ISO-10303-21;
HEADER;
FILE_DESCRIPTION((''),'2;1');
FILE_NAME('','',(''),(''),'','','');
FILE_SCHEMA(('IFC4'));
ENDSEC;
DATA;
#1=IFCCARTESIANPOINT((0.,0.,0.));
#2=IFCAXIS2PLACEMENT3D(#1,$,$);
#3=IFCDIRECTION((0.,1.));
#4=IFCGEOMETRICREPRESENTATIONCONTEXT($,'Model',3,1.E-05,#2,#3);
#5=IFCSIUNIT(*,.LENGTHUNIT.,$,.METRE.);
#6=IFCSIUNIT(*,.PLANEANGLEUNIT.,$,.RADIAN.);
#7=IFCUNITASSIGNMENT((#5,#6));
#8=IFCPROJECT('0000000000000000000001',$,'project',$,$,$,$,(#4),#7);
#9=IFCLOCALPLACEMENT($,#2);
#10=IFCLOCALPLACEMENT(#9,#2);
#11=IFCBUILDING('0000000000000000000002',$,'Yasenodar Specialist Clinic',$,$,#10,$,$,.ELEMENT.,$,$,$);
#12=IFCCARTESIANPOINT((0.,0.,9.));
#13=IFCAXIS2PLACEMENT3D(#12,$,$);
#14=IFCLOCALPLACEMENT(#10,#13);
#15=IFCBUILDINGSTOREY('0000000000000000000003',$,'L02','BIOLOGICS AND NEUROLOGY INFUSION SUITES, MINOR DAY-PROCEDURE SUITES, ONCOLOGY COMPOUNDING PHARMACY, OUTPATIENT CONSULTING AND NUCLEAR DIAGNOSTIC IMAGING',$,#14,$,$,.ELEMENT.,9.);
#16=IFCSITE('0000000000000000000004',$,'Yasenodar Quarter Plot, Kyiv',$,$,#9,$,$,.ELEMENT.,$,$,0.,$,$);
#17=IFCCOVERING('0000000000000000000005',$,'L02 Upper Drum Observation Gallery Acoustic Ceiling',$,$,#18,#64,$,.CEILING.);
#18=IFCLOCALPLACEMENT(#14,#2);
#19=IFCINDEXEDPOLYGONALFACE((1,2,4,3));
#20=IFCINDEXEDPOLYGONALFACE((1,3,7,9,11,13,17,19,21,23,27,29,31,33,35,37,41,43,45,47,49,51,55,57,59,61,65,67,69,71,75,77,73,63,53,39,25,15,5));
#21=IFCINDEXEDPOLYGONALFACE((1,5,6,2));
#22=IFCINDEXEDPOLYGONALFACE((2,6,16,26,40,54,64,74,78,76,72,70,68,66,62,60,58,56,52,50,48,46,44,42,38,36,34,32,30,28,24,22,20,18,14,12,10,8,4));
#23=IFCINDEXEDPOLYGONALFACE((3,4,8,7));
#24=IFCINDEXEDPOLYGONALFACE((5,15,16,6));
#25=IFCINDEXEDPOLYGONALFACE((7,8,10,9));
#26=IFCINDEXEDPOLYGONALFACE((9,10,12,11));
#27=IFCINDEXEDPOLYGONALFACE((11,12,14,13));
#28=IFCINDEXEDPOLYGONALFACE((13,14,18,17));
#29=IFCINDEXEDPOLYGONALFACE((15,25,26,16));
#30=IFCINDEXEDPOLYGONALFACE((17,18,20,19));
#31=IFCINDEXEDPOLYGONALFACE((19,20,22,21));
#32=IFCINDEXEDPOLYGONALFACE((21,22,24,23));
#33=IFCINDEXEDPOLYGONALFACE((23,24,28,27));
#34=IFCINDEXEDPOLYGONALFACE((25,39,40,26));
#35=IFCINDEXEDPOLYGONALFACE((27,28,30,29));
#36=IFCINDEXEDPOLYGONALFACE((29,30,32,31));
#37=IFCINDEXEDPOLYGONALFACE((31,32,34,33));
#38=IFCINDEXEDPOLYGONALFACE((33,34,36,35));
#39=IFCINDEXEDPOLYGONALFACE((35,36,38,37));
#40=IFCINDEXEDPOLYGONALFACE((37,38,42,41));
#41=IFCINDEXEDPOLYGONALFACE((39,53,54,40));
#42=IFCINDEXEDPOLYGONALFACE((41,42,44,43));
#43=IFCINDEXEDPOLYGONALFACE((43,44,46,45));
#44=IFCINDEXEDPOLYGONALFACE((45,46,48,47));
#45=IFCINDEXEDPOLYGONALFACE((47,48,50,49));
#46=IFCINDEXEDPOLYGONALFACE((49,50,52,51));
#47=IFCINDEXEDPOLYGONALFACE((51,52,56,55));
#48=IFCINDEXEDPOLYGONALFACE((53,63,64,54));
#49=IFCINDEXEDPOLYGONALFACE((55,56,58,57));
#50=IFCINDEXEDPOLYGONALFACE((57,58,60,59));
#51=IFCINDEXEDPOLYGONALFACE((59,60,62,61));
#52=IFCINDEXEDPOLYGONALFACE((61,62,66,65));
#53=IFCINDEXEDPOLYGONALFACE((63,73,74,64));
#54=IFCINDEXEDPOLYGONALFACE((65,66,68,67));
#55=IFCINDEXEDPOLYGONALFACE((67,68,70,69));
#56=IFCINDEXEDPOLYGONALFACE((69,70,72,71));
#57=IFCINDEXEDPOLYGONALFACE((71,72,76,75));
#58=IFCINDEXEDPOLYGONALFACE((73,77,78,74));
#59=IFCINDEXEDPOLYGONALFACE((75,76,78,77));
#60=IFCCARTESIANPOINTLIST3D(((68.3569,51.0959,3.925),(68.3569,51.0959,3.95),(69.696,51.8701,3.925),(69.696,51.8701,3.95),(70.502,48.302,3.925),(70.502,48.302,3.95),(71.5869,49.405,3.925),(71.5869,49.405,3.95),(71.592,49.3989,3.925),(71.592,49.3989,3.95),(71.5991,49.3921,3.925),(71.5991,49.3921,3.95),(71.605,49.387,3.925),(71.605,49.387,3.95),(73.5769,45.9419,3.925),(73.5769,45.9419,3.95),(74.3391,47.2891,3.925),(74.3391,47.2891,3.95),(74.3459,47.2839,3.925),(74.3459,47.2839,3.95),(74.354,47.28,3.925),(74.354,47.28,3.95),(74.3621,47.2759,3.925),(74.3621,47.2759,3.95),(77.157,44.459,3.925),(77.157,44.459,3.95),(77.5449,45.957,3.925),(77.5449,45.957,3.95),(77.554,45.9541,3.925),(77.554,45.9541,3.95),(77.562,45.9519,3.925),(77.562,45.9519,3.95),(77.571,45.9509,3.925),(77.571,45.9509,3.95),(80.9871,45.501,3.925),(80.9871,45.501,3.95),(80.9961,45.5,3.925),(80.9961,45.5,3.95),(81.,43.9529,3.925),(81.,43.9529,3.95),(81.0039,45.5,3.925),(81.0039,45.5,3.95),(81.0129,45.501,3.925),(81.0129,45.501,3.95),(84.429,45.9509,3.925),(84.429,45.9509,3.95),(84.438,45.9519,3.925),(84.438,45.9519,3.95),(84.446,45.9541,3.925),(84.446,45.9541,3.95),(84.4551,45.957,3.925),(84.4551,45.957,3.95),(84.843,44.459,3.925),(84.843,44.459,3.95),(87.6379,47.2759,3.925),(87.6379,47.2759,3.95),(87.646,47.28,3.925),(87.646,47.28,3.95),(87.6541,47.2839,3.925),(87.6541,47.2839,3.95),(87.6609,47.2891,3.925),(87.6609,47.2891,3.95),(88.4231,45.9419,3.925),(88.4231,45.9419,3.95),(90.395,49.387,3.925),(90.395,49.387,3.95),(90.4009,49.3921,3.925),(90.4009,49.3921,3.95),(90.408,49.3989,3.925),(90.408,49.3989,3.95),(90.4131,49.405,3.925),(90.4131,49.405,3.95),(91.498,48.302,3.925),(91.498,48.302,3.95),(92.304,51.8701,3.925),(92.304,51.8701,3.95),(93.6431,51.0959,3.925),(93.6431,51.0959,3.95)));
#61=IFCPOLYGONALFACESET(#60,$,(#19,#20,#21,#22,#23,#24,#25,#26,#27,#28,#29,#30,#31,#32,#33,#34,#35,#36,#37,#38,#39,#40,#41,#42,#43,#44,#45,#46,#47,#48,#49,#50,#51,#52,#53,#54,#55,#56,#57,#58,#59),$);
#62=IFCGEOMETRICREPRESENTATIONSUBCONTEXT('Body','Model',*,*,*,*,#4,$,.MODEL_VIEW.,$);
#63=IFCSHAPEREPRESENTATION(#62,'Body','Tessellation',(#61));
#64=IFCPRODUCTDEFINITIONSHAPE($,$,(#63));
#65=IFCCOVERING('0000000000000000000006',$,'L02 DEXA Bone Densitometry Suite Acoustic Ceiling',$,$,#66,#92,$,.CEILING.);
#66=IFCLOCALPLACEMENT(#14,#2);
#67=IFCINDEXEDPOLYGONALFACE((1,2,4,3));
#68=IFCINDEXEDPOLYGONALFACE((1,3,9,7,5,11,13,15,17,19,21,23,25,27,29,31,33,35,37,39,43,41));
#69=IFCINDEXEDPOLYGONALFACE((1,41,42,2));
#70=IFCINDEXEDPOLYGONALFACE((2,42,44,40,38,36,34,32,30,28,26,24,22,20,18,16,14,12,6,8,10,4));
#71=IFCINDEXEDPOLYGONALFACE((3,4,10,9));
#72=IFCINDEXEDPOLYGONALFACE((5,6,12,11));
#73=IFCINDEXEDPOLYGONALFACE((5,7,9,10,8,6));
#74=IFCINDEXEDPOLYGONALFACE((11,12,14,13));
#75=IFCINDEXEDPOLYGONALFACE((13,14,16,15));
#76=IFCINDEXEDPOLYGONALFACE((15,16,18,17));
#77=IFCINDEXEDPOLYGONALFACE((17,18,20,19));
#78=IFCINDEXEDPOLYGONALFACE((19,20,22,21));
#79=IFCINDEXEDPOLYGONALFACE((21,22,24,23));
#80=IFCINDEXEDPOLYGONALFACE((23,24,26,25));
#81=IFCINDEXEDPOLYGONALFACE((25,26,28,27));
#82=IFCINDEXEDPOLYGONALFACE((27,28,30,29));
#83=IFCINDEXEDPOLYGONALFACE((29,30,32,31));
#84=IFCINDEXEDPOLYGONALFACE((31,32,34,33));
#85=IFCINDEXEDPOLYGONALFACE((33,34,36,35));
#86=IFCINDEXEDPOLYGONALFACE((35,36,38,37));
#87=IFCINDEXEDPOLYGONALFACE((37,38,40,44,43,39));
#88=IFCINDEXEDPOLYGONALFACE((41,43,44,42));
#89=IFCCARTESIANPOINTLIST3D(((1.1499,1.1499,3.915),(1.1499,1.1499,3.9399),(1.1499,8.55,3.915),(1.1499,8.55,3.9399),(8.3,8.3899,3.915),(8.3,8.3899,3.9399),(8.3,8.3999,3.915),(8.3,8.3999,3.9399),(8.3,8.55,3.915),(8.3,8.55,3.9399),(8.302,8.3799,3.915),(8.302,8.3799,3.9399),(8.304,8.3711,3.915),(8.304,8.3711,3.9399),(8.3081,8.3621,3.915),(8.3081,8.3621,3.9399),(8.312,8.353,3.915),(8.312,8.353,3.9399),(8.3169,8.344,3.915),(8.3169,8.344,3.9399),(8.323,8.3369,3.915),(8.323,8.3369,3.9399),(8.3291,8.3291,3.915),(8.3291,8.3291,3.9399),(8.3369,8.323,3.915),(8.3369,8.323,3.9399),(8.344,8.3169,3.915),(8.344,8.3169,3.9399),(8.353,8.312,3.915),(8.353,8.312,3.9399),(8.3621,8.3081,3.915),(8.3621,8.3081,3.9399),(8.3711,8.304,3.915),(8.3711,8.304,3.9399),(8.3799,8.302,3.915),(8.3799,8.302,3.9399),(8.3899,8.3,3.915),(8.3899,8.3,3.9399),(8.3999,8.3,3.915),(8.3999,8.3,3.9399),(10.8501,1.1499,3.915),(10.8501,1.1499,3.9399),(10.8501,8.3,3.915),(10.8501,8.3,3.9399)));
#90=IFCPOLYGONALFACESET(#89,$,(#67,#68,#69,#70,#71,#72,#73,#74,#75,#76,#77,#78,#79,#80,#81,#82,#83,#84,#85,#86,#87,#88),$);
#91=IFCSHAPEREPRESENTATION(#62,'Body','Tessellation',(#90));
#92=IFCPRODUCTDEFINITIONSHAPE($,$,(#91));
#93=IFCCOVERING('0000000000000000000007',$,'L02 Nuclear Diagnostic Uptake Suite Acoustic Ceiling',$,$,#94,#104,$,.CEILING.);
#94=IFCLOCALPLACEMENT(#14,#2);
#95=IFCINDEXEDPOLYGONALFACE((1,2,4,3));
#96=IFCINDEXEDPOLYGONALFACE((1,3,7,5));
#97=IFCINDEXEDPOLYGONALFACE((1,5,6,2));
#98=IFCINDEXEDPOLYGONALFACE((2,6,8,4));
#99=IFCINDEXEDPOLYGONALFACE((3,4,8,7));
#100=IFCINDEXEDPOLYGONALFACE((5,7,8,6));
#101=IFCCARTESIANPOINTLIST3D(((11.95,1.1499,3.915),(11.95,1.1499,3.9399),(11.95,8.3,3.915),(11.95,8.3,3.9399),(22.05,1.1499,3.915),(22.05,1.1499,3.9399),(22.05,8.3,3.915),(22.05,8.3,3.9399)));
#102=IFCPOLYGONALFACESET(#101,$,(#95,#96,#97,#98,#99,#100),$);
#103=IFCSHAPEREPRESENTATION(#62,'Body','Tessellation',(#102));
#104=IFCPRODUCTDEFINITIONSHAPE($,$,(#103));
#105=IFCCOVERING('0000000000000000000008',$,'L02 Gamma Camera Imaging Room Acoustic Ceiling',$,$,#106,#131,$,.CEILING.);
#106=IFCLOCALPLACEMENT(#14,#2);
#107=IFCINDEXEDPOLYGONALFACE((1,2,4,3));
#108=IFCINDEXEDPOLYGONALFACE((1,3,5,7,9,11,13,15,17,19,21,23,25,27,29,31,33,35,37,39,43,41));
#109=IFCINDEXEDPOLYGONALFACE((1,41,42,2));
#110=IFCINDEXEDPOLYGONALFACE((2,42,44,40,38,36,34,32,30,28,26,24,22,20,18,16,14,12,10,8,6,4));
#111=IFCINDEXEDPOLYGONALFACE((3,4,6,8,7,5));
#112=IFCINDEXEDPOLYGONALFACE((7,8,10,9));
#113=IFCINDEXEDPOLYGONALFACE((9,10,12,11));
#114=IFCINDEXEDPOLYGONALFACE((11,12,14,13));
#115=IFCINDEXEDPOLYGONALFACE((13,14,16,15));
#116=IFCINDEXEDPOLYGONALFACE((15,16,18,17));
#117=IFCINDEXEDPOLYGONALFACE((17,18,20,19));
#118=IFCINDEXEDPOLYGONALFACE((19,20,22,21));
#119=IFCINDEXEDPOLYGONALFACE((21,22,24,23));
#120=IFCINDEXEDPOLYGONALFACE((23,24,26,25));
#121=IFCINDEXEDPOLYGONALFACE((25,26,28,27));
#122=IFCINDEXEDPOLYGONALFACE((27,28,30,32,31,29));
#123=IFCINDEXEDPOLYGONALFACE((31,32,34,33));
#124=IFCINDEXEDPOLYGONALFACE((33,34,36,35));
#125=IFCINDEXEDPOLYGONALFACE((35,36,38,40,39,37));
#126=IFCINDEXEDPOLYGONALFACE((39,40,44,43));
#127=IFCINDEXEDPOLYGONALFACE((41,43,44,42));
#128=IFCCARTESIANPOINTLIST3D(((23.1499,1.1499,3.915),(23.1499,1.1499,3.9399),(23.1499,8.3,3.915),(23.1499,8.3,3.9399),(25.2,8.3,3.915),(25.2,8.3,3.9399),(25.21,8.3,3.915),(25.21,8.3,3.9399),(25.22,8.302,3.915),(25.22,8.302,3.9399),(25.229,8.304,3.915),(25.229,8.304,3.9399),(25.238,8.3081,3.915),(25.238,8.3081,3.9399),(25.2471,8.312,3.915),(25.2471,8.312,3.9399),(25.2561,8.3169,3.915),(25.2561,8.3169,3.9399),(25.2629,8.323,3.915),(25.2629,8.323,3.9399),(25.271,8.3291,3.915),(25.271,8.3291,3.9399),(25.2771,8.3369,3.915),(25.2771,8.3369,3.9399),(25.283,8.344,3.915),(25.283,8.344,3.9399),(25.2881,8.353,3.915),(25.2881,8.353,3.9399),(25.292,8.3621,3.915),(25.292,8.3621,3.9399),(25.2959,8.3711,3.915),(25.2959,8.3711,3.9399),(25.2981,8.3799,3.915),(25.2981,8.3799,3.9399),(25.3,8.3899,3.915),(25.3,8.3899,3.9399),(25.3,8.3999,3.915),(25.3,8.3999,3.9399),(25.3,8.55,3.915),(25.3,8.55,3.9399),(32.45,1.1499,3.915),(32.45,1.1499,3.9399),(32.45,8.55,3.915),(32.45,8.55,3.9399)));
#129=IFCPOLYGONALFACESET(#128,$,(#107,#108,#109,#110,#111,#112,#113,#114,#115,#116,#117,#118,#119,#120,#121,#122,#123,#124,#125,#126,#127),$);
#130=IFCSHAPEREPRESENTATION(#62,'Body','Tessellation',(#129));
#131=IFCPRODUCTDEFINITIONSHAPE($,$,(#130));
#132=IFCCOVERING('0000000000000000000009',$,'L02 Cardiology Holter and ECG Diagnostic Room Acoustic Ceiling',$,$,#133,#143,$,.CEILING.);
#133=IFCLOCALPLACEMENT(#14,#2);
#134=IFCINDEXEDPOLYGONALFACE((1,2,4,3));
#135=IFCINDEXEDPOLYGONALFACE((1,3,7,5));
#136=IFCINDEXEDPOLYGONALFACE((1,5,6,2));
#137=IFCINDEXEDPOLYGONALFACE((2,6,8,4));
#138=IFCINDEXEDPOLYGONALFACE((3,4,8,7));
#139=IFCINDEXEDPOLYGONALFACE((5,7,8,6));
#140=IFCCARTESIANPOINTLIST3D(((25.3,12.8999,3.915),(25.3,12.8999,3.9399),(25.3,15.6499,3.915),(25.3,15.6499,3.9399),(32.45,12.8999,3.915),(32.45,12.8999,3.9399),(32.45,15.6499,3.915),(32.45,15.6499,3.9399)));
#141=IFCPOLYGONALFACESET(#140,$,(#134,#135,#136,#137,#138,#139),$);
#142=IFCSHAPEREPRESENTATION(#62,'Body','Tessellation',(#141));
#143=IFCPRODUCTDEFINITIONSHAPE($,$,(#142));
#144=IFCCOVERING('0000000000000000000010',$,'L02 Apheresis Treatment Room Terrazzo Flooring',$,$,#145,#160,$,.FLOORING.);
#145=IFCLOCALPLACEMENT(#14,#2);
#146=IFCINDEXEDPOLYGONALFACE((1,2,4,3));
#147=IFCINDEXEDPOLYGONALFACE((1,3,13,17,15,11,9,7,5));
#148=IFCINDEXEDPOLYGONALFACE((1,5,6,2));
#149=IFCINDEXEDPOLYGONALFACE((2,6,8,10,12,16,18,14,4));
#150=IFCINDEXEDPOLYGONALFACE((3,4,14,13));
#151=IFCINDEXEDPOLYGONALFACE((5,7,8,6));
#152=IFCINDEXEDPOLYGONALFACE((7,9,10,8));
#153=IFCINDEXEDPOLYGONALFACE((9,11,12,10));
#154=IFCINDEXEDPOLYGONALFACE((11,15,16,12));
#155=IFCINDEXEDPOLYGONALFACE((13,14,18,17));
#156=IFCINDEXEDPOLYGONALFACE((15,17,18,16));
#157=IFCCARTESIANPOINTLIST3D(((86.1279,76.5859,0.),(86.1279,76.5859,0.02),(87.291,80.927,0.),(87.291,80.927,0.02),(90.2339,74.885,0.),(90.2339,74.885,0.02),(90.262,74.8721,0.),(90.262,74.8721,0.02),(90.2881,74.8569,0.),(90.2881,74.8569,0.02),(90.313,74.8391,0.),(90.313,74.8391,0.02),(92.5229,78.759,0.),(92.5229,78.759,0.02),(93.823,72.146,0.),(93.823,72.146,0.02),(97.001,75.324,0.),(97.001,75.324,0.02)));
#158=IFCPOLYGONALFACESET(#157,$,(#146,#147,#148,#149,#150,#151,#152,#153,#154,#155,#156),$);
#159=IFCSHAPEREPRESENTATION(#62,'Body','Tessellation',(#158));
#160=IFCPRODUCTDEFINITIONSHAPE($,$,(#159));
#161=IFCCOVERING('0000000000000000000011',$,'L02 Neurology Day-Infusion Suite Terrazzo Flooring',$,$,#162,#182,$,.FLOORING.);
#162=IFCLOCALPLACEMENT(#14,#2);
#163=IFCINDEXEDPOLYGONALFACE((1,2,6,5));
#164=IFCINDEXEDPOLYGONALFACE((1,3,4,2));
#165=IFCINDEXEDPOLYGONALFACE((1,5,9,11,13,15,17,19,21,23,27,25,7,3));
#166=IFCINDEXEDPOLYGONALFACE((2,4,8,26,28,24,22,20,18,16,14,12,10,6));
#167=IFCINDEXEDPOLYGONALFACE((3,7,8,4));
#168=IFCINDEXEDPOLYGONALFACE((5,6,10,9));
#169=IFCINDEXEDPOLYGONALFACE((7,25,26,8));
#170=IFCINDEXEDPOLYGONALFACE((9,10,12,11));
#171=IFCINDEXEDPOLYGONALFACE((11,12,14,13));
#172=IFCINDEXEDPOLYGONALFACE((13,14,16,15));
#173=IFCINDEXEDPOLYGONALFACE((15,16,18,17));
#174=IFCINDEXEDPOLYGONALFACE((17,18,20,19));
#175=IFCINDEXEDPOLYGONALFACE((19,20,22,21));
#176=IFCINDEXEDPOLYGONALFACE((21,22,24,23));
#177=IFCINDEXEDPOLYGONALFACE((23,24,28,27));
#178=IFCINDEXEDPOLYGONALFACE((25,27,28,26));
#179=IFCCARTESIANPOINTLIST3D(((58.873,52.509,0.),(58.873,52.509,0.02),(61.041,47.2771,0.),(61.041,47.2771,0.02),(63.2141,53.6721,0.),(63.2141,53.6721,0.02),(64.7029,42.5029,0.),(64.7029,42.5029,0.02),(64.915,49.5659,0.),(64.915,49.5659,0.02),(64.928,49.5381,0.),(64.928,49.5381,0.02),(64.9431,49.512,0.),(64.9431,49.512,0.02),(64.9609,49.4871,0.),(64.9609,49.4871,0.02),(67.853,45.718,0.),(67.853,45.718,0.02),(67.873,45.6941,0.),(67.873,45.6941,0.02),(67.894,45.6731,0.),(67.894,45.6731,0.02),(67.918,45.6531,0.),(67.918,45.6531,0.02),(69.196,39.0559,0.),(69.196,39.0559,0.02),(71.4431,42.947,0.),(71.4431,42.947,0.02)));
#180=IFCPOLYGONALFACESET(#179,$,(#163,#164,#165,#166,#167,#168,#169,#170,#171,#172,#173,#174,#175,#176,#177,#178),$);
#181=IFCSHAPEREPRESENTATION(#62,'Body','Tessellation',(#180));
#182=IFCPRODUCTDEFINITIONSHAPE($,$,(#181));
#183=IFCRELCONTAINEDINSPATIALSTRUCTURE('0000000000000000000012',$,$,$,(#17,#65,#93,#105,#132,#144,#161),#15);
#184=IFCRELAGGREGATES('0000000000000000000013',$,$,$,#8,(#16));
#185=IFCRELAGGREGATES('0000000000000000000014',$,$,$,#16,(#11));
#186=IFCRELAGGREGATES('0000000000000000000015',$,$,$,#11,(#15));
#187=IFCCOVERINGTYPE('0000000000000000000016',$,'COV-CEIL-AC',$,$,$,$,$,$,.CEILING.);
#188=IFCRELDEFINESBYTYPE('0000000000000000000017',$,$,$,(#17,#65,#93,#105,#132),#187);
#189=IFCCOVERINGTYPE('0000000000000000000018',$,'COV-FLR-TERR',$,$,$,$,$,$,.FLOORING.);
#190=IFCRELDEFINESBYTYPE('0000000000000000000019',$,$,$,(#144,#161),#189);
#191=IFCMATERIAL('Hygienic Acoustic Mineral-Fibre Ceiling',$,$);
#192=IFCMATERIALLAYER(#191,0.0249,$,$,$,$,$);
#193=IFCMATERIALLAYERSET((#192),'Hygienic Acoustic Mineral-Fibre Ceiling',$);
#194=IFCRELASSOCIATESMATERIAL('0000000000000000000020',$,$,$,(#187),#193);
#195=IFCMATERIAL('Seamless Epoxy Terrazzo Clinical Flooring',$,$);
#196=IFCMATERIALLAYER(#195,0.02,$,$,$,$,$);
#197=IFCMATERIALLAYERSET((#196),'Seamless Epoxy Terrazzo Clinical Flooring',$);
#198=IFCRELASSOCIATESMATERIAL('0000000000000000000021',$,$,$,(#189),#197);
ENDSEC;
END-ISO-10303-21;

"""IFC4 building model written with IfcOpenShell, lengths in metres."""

from ifc_helpers import new_model, si_unit, direction, frame, origin, place, context, subcontext, project, spatial, polyline, outline, extrude, material, layer, layer_set, type_object, element, save


model = new_model("IFC4")

# Units and contexts
model_context = context("Model", 3, precision=1e-05, world=origin(), true_north=direction((0.0, 1.0)))
body_context = subcontext(model_context, "Body", "Model", "MODEL_VIEW")
ifc_project = project(units=[si_unit("LENGTHUNIT", "METRE"), si_unit("PLANEANGLEUNIT", "RADIAN")], contexts=[model_context])

# Site, building, storey
site_placement = place(None, origin())
site = spatial("IfcSite", under=ifc_project, at=site_placement, Name="Yasenodar Quarter Plot, Kyiv", CompositionType="ELEMENT", RefElevation=0.0)
building_placement = place(site_placement, origin())
building = spatial("IfcBuilding", under=site, at=building_placement, Name="Yasenodar Specialist Clinic", CompositionType="ELEMENT")
storey_placement = place(building_placement, frame((0.0, 0.0, 9.0)))
storey = spatial("IfcBuildingStorey", under=building, at=storey_placement, Name="L02", Description="BIOLOGICS AND NEUROLOGY INFUSION SUITES, MINOR DAY-PROCEDURE SUITES, ONCOLOGY COMPOUNDING PHARMACY, OUTPATIENT CONSULTING AND NUCLEAR DIAGNOSTIC IMAGING", CompositionType="ELEMENT", Elevation=9.0)

# Coverings
ifc_material_1 = material(Name="Hygienic Acoustic Mineral-Fibre Ceiling")
ifc_layer_1 = layer(ifc_material_1, 0.0249)
ifc_layer_set_1 = layer_set([ifc_layer_1], Name="Hygienic Acoustic Mineral-Fibre Ceiling")
covering_type_1 = type_object("IfcCoveringType", Name="COV-CEIL-AC", PredefinedType="CEILING", material=ifc_layer_set_1)
covering_1_placement = place(storey_placement, frame((0.0, 0.0, 3.925)))
element("IfcCovering", 1, at=covering_1_placement, inside=storey, type_object=covering_type_1, Name="L02 Upper Drum Observation Gallery Acoustic Ceiling", PredefinedType="CEILING", context=body_context, shape_type="SweptSolid", body=[
    extrude(outline(polyline([(93.6431, 51.0959), (91.498, 48.302), (88.4231, 45.9419), (84.843, 44.459), (81.0, 43.9529), (77.157, 44.459), (73.5769, 45.9419), (70.502, 48.302), (68.3569, 51.0959), (69.696, 51.8701), (71.5869, 49.405), (71.592, 49.3989), (71.5991, 49.3921), (71.605, 49.387), (74.3391, 47.2891), (74.3459, 47.2839), (74.354, 47.28), (74.3621, 47.2759), (77.5449, 45.957), (77.554, 45.9541), (77.562, 45.9519), (77.571, 45.9509), (80.9871, 45.501), (80.9961, 45.5), (81.0039, 45.5), (81.0129, 45.501), (84.429, 45.9509), (84.438, 45.9519), (84.446, 45.9541), (84.4551, 45.957), (87.6379, 47.2759), (87.646, 47.28), (87.6541, 47.2839), (87.6609, 47.2891), (90.395, 49.387), (90.4009, 49.3921), (90.408, 49.3989), (90.4131, 49.405), (92.304, 51.8701), (93.6431, 51.0959)])), origin(), (0.0, 0.0, 1.0), 0.0249),
])
covering_2_placement = place(storey_placement, frame((0.0, 0.0, 3.915)))
element("IfcCovering", 2, at=covering_2_placement, inside=storey, type_object=covering_type_1, Name="L02 DEXA Bone Densitometry Suite Acoustic Ceiling", PredefinedType="CEILING", context=body_context, shape_type="SweptSolid", body=[
    extrude(outline(polyline([(10.8501, 1.1499), (1.1499, 1.1499), (1.1499, 8.55), (8.3, 8.55), (8.3, 8.3999), (8.3, 8.3899), (8.302, 8.3799), (8.304, 8.3711), (8.3081, 8.3621), (8.312, 8.353), (8.3169, 8.344), (8.323, 8.3369), (8.3291, 8.3291), (8.3369, 8.323), (8.344, 8.3169), (8.353, 8.312), (8.3621, 8.3081), (8.3711, 8.304), (8.3799, 8.302), (8.3899, 8.3), (8.3999, 8.3), (10.8501, 8.3), (10.8501, 1.1499)])), origin(), (0.0, 0.0, 1.0), 0.0249),
])
covering_3_placement = place(storey_placement, frame((0.0, 0.0, 3.915)))
element("IfcCovering", 3, at=covering_3_placement, inside=storey, type_object=covering_type_1, Name="L02 Nuclear Diagnostic Uptake Suite Acoustic Ceiling", PredefinedType="CEILING", context=body_context, shape_type="SweptSolid", body=[
    extrude(outline(polyline([(22.05, 1.1499), (11.95, 1.1499), (11.95, 8.3), (22.05, 8.3), (22.05, 1.1499)])), origin(), (0.0, 0.0, 1.0), 0.0249),
])
covering_4_placement = place(storey_placement, frame((0.0, 0.0, 3.915)))
element("IfcCovering", 4, at=covering_4_placement, inside=storey, type_object=covering_type_1, Name="L02 Gamma Camera Imaging Room Acoustic Ceiling", PredefinedType="CEILING", context=body_context, shape_type="SweptSolid", body=[
    extrude(outline(polyline([(32.45, 1.1499), (23.1499, 1.1499), (23.1499, 8.3), (25.2, 8.3), (25.21, 8.3), (25.22, 8.302), (25.229, 8.304), (25.238, 8.3081), (25.2471, 8.312), (25.2561, 8.3169), (25.2629, 8.323), (25.271, 8.3291), (25.2771, 8.3369), (25.283, 8.344), (25.2881, 8.353), (25.292, 8.3621), (25.2959, 8.3711), (25.2981, 8.3799), (25.3, 8.3899), (25.3, 8.3999), (25.3, 8.55), (32.45, 8.55), (32.45, 1.1499)])), origin(), (0.0, 0.0, 1.0), 0.0249),
])
covering_5_placement = place(storey_placement, frame((0.0, 0.0, 3.915)))
element("IfcCovering", 5, at=covering_5_placement, inside=storey, type_object=covering_type_1, Name="L02 Cardiology Holter and ECG Diagnostic Room Acoustic Ceiling", PredefinedType="CEILING", context=body_context, shape_type="SweptSolid", body=[
    extrude(outline(polyline([(32.45, 15.6499), (32.45, 12.8999), (25.3, 12.8999), (25.3, 15.6499), (32.45, 15.6499)])), origin(), (0.0, 0.0, 1.0), 0.0249),
])
ifc_material_2 = material(Name="Seamless Epoxy Terrazzo Clinical Flooring")
ifc_layer_2 = layer(ifc_material_2, 0.02)
ifc_layer_set_2 = layer_set([ifc_layer_2], Name="Seamless Epoxy Terrazzo Clinical Flooring")
covering_type_2 = type_object("IfcCoveringType", Name="COV-FLR-TERR", PredefinedType="FLOORING", material=ifc_layer_set_2)
covering_6_placement = place(storey_placement, origin())
element("IfcCovering", 6, at=covering_6_placement, inside=storey, type_object=covering_type_2, Name="L02 Apheresis Treatment Room Terrazzo Flooring", PredefinedType="FLOORING", context=body_context, shape_type="SweptSolid", body=[
    extrude(outline(polyline([(90.262, 74.8721), (90.2339, 74.885), (86.1279, 76.5859), (87.291, 80.927), (92.5229, 78.759), (97.001, 75.324), (93.823, 72.146), (90.313, 74.8391), (90.2881, 74.8569), (90.262, 74.8721)])), origin(), (0.0, 0.0, 1.0), 0.02),
])
covering_7_placement = place(storey_placement, origin())
element("IfcCovering", 7, at=covering_7_placement, inside=storey, type_object=covering_type_2, Name="L02 Neurology Day-Infusion Suite Terrazzo Flooring", PredefinedType="FLOORING", context=body_context, shape_type="SweptSolid", body=[
    extrude(outline(polyline([(64.928, 49.5381), (64.9431, 49.512), (64.9609, 49.4871), (67.853, 45.718), (67.873, 45.6941), (67.894, 45.6731), (67.918, 45.6531), (71.4431, 42.947), (69.196, 39.0559), (64.7029, 42.5029), (61.041, 47.2771), (58.873, 52.509), (63.2141, 53.6721), (64.915, 49.5659), (64.928, 49.5381)])), origin(), (0.0, 0.0, 1.0), 0.02),
])

save(model, "model.ifc")
